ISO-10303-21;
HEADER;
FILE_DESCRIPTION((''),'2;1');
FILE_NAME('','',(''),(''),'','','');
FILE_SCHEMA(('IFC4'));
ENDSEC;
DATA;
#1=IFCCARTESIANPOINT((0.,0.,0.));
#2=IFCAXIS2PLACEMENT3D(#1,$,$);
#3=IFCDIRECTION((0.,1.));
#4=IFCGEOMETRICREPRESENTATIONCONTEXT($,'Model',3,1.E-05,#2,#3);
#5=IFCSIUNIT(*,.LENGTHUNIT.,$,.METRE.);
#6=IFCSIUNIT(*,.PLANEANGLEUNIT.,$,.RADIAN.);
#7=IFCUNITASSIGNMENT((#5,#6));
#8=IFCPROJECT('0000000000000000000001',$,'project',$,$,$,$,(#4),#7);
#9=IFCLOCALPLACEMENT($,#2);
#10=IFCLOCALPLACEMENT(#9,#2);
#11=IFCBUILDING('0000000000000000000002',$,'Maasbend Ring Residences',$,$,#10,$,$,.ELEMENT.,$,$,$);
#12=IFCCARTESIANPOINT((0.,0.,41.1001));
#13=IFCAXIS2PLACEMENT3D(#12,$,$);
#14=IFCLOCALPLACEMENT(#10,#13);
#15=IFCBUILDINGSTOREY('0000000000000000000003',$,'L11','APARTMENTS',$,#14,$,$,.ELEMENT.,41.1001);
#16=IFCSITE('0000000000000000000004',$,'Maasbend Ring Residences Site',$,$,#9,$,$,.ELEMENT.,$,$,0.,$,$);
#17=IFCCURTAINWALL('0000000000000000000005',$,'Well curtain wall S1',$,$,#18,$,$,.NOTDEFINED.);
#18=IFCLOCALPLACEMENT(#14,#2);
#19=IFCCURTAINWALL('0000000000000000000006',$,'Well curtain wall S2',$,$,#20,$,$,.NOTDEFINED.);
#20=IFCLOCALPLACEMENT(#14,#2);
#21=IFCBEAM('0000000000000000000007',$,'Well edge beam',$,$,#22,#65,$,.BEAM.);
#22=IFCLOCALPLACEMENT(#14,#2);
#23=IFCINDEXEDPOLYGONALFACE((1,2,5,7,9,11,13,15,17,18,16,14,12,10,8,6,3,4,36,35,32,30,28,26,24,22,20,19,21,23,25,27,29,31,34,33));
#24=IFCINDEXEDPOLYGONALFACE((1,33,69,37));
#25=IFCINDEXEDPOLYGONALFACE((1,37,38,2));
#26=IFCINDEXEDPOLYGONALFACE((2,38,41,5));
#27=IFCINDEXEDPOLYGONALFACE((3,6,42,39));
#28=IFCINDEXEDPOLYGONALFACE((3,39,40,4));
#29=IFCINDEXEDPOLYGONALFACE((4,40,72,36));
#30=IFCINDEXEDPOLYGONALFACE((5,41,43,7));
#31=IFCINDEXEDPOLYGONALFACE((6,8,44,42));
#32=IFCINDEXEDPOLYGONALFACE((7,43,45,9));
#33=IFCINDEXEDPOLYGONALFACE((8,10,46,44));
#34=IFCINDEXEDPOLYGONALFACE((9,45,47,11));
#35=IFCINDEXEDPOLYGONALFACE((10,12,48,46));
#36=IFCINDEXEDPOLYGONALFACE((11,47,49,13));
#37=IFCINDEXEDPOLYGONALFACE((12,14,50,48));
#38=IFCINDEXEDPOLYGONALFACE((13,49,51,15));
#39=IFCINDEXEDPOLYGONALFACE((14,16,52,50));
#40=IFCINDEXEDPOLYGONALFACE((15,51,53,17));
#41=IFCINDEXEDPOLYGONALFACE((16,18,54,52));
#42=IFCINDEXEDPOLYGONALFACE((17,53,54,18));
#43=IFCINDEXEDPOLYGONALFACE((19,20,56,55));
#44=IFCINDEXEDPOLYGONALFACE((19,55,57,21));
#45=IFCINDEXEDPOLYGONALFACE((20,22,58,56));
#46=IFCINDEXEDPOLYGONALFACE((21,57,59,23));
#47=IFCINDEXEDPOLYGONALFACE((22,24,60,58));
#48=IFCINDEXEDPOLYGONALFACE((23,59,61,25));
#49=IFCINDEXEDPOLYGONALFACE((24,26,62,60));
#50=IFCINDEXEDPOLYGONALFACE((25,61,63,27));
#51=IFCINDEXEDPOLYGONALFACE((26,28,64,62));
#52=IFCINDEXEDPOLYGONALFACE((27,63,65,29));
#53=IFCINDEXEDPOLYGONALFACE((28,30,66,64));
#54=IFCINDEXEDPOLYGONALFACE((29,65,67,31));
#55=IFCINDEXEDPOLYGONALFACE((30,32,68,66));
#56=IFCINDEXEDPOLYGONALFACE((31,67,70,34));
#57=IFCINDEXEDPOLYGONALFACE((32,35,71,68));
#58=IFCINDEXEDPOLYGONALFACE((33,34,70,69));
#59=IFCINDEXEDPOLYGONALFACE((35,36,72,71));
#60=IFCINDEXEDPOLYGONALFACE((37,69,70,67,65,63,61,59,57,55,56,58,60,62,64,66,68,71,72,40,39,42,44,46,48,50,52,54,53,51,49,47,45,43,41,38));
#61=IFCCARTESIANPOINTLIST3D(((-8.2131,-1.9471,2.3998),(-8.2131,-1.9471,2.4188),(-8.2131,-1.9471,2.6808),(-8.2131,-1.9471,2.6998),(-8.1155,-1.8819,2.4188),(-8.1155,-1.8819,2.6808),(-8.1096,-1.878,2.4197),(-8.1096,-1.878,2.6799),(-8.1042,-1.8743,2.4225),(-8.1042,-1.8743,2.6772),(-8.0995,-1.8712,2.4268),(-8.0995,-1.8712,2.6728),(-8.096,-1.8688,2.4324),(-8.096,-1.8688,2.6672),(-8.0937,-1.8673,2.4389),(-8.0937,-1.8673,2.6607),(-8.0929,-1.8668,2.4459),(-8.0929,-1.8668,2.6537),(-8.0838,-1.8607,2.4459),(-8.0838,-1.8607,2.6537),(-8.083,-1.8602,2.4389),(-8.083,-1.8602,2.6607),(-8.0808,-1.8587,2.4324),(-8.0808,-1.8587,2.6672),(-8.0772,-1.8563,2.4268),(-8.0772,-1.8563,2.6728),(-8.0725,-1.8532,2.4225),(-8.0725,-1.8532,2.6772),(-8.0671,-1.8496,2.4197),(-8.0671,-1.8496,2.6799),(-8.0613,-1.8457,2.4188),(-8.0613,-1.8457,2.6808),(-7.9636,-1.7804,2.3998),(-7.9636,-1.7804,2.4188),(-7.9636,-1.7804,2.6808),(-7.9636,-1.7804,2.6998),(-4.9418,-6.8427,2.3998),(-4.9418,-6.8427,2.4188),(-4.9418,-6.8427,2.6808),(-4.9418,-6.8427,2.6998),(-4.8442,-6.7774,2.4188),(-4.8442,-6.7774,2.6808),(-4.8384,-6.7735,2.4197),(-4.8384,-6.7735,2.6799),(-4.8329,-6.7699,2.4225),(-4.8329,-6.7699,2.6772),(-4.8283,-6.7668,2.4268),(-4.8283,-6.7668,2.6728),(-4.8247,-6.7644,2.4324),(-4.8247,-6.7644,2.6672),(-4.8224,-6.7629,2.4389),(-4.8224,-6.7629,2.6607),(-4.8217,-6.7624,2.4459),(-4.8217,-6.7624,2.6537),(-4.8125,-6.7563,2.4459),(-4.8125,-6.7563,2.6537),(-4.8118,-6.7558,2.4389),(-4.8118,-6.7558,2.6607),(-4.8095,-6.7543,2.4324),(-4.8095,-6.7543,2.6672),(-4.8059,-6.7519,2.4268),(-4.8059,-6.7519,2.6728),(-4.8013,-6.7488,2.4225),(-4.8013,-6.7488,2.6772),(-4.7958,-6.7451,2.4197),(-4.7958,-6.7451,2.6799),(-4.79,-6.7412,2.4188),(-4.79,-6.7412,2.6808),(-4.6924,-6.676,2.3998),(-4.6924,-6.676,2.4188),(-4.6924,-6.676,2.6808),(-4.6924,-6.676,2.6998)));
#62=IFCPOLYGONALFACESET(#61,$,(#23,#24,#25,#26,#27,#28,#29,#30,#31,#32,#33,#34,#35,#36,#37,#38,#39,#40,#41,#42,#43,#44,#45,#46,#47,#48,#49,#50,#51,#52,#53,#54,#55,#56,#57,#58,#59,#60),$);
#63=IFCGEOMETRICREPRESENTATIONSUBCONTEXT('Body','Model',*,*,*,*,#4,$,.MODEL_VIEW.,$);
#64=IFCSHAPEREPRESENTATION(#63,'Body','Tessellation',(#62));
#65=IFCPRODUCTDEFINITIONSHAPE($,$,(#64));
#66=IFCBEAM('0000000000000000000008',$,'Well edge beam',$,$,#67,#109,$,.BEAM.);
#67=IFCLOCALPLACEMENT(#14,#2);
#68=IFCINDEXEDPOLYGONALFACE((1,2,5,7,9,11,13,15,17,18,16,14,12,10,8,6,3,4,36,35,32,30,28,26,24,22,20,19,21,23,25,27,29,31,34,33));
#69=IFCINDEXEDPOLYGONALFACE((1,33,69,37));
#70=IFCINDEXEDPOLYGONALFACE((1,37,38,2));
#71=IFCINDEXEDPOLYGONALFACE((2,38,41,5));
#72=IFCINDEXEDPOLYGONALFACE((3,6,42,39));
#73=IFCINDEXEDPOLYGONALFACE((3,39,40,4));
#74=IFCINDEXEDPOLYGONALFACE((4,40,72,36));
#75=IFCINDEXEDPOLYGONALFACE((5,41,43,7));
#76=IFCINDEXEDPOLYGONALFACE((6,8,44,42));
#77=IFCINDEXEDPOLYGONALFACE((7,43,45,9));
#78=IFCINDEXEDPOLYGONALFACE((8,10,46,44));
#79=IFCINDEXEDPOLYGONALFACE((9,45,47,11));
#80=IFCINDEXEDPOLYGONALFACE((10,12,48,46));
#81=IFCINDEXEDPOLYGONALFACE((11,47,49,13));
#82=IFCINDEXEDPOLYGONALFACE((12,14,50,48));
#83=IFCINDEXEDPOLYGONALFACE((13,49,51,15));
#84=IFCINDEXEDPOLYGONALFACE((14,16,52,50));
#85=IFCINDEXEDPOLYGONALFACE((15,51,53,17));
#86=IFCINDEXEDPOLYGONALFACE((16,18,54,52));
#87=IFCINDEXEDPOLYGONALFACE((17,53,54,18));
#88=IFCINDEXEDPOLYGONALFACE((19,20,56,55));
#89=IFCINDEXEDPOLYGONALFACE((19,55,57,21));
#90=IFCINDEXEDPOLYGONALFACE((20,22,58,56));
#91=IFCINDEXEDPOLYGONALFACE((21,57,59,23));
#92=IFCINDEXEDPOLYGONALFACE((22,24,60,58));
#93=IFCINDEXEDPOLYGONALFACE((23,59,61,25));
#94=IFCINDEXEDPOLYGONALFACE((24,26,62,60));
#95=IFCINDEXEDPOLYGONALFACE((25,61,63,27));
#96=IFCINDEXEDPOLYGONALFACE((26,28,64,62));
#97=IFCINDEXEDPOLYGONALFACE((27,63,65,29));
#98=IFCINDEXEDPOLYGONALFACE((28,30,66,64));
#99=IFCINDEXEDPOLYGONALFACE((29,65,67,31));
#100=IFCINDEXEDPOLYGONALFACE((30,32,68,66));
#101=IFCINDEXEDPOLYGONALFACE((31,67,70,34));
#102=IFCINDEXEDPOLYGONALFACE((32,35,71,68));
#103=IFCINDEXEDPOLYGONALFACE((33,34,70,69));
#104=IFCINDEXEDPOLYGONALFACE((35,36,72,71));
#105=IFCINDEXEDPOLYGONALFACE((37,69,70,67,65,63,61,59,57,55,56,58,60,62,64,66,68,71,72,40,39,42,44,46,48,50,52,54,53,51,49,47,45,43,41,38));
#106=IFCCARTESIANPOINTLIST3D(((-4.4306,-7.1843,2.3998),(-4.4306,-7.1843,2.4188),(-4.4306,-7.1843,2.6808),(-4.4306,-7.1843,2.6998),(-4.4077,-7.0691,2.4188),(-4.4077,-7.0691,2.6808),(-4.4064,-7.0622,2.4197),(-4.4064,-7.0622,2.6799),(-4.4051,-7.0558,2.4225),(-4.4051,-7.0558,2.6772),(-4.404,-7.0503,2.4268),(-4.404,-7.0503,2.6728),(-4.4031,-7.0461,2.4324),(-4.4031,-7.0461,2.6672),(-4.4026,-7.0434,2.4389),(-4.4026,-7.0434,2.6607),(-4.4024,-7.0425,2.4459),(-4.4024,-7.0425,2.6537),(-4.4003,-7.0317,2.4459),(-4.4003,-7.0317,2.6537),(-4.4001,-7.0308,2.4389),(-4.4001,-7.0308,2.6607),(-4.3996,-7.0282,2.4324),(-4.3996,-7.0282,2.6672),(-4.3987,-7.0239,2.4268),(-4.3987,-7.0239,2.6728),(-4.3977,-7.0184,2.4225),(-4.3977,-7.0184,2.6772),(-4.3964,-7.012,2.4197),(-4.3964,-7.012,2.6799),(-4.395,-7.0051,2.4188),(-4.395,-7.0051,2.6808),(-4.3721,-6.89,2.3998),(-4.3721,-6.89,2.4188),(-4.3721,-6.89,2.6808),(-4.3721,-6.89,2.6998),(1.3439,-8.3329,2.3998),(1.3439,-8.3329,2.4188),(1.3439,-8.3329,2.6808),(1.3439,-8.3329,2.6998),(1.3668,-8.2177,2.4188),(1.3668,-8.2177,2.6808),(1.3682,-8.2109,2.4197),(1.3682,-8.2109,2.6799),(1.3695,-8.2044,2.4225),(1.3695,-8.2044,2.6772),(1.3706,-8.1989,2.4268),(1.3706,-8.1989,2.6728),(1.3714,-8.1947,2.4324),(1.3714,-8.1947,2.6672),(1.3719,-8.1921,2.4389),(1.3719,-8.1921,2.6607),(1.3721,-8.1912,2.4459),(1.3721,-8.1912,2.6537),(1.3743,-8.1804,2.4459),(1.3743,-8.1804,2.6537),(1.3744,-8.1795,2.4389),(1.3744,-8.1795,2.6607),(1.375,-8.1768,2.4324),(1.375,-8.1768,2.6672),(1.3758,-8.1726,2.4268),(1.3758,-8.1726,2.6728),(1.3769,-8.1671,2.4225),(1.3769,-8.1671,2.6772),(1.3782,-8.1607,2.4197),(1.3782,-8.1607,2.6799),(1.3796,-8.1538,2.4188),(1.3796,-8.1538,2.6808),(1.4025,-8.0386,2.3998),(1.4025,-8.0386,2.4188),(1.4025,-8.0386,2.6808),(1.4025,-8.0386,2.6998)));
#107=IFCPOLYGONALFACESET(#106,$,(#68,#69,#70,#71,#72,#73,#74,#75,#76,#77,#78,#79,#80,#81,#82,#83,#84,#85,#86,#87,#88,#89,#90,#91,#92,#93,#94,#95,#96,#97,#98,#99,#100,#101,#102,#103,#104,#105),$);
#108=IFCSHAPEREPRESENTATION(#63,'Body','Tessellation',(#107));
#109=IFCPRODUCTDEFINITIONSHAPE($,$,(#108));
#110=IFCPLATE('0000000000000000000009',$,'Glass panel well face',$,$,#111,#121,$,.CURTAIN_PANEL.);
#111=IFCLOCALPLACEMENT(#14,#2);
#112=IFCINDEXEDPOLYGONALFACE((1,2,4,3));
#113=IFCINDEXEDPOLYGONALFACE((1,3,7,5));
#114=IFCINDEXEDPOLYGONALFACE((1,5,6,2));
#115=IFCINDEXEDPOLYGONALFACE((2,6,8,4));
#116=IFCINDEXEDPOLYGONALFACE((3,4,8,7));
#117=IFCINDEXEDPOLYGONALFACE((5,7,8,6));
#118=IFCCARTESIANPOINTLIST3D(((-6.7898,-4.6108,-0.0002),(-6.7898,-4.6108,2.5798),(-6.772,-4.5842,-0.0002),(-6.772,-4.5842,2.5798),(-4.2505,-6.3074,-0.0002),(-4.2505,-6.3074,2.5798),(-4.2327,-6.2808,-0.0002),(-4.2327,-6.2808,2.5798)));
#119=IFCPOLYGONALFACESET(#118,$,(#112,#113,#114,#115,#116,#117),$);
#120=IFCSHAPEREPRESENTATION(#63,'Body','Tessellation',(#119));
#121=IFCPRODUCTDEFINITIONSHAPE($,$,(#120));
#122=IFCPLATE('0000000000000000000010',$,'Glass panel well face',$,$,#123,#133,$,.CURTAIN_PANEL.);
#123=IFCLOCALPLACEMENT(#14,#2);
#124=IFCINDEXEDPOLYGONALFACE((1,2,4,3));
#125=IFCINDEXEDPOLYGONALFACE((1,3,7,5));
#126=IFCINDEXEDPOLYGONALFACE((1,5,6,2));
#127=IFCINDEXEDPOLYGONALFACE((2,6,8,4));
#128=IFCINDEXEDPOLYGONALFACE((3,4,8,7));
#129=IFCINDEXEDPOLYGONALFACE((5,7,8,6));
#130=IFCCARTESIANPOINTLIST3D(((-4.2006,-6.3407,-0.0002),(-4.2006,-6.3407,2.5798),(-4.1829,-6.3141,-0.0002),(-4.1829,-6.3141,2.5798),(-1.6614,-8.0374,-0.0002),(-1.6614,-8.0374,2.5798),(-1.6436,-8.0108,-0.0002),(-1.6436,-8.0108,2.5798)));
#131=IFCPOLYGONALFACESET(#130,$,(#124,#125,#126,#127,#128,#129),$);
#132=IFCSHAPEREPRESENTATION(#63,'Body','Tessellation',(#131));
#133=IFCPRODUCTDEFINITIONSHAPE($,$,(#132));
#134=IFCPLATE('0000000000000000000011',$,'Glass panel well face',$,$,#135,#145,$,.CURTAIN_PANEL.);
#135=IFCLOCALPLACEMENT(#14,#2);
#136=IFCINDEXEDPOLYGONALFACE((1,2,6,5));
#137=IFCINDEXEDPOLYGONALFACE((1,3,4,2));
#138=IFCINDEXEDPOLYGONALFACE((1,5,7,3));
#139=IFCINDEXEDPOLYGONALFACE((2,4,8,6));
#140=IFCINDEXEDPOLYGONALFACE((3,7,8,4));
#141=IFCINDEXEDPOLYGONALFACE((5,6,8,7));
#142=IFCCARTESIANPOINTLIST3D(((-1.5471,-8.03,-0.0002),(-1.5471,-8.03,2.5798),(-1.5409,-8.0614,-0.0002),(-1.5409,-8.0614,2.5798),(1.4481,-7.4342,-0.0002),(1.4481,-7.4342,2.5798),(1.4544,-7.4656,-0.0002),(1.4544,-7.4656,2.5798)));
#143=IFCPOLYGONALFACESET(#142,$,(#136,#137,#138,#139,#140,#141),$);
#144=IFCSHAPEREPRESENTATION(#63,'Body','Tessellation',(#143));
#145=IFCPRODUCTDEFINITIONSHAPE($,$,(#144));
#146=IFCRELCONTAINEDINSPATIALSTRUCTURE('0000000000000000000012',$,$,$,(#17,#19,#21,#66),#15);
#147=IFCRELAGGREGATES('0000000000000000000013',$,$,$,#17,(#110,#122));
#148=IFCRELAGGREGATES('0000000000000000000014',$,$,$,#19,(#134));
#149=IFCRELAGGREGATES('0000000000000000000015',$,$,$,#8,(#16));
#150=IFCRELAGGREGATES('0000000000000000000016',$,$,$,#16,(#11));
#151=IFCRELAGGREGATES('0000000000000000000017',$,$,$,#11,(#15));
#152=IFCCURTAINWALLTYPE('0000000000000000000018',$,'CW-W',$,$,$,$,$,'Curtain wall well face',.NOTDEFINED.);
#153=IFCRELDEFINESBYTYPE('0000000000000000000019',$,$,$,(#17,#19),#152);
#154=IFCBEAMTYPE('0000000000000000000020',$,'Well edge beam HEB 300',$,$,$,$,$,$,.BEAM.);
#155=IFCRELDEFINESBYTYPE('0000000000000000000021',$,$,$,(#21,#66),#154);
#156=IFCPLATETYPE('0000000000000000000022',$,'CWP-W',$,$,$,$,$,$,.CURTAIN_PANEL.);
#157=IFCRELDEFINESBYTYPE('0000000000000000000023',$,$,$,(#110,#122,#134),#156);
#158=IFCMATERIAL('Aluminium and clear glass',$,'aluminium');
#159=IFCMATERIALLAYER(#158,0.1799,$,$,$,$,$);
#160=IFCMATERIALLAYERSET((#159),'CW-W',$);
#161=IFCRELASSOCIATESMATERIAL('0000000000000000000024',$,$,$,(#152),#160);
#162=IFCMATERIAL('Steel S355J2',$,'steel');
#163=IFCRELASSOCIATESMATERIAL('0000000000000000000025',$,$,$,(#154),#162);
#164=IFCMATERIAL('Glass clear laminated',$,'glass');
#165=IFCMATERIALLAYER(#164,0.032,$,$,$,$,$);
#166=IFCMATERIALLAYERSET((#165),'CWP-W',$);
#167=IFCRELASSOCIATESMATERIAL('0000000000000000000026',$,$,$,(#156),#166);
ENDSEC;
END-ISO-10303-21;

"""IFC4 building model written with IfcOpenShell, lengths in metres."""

from ifc_helpers import new_model, si_unit, direction, frame, origin, origin_2d, place, context, subcontext, project, spatial, rectangle, i_section, extrude, material, layer, layer_set, material_profile, profile_set, type_object, element, aggregate, save


model = new_model("IFC4")

# Units and contexts
model_context = context("Model", 3, precision=1e-05, world=origin(), true_north=direction((0.0, 1.0)))
body_context = subcontext(model_context, "Body", "Model", "MODEL_VIEW")
ifc_project = project(units=[si_unit("LENGTHUNIT", "METRE"), si_unit("PLANEANGLEUNIT", "RADIAN")], contexts=[model_context])

# Site, building, storey
site_placement = place(None, origin())
site = spatial("IfcSite", under=ifc_project, at=site_placement, Name="Maasbend Ring Residences Site", CompositionType="ELEMENT", RefElevation=0.0)
building_placement = place(site_placement, origin())
building = spatial("IfcBuilding", under=site, at=building_placement, Name="Maasbend Ring Residences", CompositionType="ELEMENT")
storey_placement = place(building_placement, frame((0.0, 0.0, 41.1001)))
storey = spatial("IfcBuildingStorey", under=building, at=storey_placement, Name="L11", Description="APARTMENTS", CompositionType="ELEMENT", Elevation=41.1001)

# Curtain wall
ifc_material_1 = material(Name="Aluminium and clear glass", Category="aluminium")
ifc_layer_1 = layer(ifc_material_1, 0.1799)
ifc_layer_set_1 = layer_set([ifc_layer_1], Name="CW-W")
curtain_wall_type = type_object("IfcCurtainWallType", Name="CW-W", ElementType="Curtain wall well face", PredefinedType="NOTDEFINED", material=ifc_layer_set_1)
curtain_wall_1_placement = place(storey_placement, origin())
curtain_wall_1 = element("IfcCurtainWall", 1, at=curtain_wall_1_placement, inside=storey, type_object=curtain_wall_type, Name="Well curtain wall S1", PredefinedType="NOTDEFINED")

# Curtain wall
curtain_wall_2_placement = place(storey_placement, origin())
curtain_wall_2 = element("IfcCurtainWall", 2, at=curtain_wall_2_placement, inside=storey, type_object=curtain_wall_type, Name="Well curtain wall S2", PredefinedType="NOTDEFINED")

# Beams
ifc_material_2 = material(Name="Steel S355J2", Category="steel")
ifc_material_profile_1 = material_profile(ifc_material_2, i_section(OverallWidth=0.3, OverallDepth=0.3, WebThickness=0.011, FlangeThickness=0.019, FilletRadius=0.0271, at=origin_2d()), Name="HEB 300")
ifc_profile_set_1 = profile_set([ifc_material_profile_1], Name="Steel S355J2")
beam_type = type_object("IfcBeamType", Name="Well edge beam HEB 300", PredefinedType="BEAM", material=ifc_profile_set_1)
beam_1_placement = place(storey_placement, frame((-8.0884, -1.8638, 2.5498), z_axis=(0.55559, -0.831457, 0.0), x_axis=(0.831457, 0.55559, 0.0)))
element("IfcBeam", 3, at=beam_1_placement, inside=storey, type_object=beam_type, Name="Well edge beam", PredefinedType="BEAM", context=body_context, shape_type="SweptSolid", body=[
    extrude(i_section(OverallWidth=0.3, OverallDepth=0.3, WebThickness=0.011, FlangeThickness=0.019, FilletRadius=0.0271, at=origin_2d()), origin(), (0.0, 0.0, 1.0), 5.8879),
])
beam_2_placement = place(storey_placement, frame((-4.4014, -7.0371, 2.5498), z_axis=(0.980784, -0.195095, 0.0), x_axis=(0.195095, 0.980784, 0.0)))
element("IfcBeam", 4, at=beam_2_placement, inside=storey, type_object=beam_type, Name="Well edge beam", PredefinedType="BEAM", context=body_context, shape_type="SweptSolid", body=[
    extrude(i_section(OverallWidth=0.3, OverallDepth=0.3, WebThickness=0.011, FlangeThickness=0.019, FilletRadius=0.0271, at=origin_2d()), origin(), (0.0, 0.0, 1.0), 5.8877),
])

# Plates
ifc_material_3 = material(Name="Glass clear laminated", Category="glass")
ifc_layer_2 = layer(ifc_material_3, 0.032)
ifc_layer_set_2 = layer_set([ifc_layer_2], Name="CWP-W")
plate_type = type_object("IfcPlateType", Name="CWP-W", PredefinedType="CURTAIN_PANEL", material=ifc_layer_set_2)
plate_1_placement = place(storey_placement, frame((-5.5112, -5.4458, -0.0002), z_axis=(0.0, 0.0, 1.0), x_axis=(0.83147, -0.55557, 0.0)))
plate_1 = element("IfcPlate", 5, at=plate_1_placement, type_object=plate_type, Name="Glass panel well face", PredefinedType="CURTAIN_PANEL", context=body_context, shape_type="SweptSolid", body=[
    extrude(rectangle(XDim=3.054, YDim=0.032, at=origin_2d()), origin(), (0.0, 0.0, 1.0), 2.5801),
])
plate_2_placement = place(storey_placement, frame((-2.9221, -7.1758, -0.0002), z_axis=(0.0, 0.0, 1.0), x_axis=(0.83147, -0.55557, 0.0)))
plate_2 = element("IfcPlate", 6, at=plate_2_placement, type_object=plate_type, Name="Glass panel well face", PredefinedType="CURTAIN_PANEL", context=body_context, shape_type="SweptSolid", body=[
    extrude(rectangle(XDim=3.054, YDim=0.032, at=origin_2d()), origin(), (0.0, 0.0, 1.0), 2.5801),
])
aggregate(curtain_wall_1, [plate_1, plate_2])
plate_3_placement = place(storey_placement, frame((-0.0464, -7.7478, -0.0002), z_axis=(0.0, 0.0, 1.0), x_axis=(0.980785, 0.19509, 0.0)))
plate_3 = element("IfcPlate", 7, at=plate_3_placement, type_object=plate_type, Name="Glass panel well face", PredefinedType="CURTAIN_PANEL", context=body_context, shape_type="SweptSolid", body=[
    extrude(rectangle(XDim=3.054, YDim=0.032, at=origin_2d()), origin(), (0.0, 0.0, 1.0), 2.5801),
])
aggregate(curtain_wall_2, [plate_3])

save(model, "model.ifc")
